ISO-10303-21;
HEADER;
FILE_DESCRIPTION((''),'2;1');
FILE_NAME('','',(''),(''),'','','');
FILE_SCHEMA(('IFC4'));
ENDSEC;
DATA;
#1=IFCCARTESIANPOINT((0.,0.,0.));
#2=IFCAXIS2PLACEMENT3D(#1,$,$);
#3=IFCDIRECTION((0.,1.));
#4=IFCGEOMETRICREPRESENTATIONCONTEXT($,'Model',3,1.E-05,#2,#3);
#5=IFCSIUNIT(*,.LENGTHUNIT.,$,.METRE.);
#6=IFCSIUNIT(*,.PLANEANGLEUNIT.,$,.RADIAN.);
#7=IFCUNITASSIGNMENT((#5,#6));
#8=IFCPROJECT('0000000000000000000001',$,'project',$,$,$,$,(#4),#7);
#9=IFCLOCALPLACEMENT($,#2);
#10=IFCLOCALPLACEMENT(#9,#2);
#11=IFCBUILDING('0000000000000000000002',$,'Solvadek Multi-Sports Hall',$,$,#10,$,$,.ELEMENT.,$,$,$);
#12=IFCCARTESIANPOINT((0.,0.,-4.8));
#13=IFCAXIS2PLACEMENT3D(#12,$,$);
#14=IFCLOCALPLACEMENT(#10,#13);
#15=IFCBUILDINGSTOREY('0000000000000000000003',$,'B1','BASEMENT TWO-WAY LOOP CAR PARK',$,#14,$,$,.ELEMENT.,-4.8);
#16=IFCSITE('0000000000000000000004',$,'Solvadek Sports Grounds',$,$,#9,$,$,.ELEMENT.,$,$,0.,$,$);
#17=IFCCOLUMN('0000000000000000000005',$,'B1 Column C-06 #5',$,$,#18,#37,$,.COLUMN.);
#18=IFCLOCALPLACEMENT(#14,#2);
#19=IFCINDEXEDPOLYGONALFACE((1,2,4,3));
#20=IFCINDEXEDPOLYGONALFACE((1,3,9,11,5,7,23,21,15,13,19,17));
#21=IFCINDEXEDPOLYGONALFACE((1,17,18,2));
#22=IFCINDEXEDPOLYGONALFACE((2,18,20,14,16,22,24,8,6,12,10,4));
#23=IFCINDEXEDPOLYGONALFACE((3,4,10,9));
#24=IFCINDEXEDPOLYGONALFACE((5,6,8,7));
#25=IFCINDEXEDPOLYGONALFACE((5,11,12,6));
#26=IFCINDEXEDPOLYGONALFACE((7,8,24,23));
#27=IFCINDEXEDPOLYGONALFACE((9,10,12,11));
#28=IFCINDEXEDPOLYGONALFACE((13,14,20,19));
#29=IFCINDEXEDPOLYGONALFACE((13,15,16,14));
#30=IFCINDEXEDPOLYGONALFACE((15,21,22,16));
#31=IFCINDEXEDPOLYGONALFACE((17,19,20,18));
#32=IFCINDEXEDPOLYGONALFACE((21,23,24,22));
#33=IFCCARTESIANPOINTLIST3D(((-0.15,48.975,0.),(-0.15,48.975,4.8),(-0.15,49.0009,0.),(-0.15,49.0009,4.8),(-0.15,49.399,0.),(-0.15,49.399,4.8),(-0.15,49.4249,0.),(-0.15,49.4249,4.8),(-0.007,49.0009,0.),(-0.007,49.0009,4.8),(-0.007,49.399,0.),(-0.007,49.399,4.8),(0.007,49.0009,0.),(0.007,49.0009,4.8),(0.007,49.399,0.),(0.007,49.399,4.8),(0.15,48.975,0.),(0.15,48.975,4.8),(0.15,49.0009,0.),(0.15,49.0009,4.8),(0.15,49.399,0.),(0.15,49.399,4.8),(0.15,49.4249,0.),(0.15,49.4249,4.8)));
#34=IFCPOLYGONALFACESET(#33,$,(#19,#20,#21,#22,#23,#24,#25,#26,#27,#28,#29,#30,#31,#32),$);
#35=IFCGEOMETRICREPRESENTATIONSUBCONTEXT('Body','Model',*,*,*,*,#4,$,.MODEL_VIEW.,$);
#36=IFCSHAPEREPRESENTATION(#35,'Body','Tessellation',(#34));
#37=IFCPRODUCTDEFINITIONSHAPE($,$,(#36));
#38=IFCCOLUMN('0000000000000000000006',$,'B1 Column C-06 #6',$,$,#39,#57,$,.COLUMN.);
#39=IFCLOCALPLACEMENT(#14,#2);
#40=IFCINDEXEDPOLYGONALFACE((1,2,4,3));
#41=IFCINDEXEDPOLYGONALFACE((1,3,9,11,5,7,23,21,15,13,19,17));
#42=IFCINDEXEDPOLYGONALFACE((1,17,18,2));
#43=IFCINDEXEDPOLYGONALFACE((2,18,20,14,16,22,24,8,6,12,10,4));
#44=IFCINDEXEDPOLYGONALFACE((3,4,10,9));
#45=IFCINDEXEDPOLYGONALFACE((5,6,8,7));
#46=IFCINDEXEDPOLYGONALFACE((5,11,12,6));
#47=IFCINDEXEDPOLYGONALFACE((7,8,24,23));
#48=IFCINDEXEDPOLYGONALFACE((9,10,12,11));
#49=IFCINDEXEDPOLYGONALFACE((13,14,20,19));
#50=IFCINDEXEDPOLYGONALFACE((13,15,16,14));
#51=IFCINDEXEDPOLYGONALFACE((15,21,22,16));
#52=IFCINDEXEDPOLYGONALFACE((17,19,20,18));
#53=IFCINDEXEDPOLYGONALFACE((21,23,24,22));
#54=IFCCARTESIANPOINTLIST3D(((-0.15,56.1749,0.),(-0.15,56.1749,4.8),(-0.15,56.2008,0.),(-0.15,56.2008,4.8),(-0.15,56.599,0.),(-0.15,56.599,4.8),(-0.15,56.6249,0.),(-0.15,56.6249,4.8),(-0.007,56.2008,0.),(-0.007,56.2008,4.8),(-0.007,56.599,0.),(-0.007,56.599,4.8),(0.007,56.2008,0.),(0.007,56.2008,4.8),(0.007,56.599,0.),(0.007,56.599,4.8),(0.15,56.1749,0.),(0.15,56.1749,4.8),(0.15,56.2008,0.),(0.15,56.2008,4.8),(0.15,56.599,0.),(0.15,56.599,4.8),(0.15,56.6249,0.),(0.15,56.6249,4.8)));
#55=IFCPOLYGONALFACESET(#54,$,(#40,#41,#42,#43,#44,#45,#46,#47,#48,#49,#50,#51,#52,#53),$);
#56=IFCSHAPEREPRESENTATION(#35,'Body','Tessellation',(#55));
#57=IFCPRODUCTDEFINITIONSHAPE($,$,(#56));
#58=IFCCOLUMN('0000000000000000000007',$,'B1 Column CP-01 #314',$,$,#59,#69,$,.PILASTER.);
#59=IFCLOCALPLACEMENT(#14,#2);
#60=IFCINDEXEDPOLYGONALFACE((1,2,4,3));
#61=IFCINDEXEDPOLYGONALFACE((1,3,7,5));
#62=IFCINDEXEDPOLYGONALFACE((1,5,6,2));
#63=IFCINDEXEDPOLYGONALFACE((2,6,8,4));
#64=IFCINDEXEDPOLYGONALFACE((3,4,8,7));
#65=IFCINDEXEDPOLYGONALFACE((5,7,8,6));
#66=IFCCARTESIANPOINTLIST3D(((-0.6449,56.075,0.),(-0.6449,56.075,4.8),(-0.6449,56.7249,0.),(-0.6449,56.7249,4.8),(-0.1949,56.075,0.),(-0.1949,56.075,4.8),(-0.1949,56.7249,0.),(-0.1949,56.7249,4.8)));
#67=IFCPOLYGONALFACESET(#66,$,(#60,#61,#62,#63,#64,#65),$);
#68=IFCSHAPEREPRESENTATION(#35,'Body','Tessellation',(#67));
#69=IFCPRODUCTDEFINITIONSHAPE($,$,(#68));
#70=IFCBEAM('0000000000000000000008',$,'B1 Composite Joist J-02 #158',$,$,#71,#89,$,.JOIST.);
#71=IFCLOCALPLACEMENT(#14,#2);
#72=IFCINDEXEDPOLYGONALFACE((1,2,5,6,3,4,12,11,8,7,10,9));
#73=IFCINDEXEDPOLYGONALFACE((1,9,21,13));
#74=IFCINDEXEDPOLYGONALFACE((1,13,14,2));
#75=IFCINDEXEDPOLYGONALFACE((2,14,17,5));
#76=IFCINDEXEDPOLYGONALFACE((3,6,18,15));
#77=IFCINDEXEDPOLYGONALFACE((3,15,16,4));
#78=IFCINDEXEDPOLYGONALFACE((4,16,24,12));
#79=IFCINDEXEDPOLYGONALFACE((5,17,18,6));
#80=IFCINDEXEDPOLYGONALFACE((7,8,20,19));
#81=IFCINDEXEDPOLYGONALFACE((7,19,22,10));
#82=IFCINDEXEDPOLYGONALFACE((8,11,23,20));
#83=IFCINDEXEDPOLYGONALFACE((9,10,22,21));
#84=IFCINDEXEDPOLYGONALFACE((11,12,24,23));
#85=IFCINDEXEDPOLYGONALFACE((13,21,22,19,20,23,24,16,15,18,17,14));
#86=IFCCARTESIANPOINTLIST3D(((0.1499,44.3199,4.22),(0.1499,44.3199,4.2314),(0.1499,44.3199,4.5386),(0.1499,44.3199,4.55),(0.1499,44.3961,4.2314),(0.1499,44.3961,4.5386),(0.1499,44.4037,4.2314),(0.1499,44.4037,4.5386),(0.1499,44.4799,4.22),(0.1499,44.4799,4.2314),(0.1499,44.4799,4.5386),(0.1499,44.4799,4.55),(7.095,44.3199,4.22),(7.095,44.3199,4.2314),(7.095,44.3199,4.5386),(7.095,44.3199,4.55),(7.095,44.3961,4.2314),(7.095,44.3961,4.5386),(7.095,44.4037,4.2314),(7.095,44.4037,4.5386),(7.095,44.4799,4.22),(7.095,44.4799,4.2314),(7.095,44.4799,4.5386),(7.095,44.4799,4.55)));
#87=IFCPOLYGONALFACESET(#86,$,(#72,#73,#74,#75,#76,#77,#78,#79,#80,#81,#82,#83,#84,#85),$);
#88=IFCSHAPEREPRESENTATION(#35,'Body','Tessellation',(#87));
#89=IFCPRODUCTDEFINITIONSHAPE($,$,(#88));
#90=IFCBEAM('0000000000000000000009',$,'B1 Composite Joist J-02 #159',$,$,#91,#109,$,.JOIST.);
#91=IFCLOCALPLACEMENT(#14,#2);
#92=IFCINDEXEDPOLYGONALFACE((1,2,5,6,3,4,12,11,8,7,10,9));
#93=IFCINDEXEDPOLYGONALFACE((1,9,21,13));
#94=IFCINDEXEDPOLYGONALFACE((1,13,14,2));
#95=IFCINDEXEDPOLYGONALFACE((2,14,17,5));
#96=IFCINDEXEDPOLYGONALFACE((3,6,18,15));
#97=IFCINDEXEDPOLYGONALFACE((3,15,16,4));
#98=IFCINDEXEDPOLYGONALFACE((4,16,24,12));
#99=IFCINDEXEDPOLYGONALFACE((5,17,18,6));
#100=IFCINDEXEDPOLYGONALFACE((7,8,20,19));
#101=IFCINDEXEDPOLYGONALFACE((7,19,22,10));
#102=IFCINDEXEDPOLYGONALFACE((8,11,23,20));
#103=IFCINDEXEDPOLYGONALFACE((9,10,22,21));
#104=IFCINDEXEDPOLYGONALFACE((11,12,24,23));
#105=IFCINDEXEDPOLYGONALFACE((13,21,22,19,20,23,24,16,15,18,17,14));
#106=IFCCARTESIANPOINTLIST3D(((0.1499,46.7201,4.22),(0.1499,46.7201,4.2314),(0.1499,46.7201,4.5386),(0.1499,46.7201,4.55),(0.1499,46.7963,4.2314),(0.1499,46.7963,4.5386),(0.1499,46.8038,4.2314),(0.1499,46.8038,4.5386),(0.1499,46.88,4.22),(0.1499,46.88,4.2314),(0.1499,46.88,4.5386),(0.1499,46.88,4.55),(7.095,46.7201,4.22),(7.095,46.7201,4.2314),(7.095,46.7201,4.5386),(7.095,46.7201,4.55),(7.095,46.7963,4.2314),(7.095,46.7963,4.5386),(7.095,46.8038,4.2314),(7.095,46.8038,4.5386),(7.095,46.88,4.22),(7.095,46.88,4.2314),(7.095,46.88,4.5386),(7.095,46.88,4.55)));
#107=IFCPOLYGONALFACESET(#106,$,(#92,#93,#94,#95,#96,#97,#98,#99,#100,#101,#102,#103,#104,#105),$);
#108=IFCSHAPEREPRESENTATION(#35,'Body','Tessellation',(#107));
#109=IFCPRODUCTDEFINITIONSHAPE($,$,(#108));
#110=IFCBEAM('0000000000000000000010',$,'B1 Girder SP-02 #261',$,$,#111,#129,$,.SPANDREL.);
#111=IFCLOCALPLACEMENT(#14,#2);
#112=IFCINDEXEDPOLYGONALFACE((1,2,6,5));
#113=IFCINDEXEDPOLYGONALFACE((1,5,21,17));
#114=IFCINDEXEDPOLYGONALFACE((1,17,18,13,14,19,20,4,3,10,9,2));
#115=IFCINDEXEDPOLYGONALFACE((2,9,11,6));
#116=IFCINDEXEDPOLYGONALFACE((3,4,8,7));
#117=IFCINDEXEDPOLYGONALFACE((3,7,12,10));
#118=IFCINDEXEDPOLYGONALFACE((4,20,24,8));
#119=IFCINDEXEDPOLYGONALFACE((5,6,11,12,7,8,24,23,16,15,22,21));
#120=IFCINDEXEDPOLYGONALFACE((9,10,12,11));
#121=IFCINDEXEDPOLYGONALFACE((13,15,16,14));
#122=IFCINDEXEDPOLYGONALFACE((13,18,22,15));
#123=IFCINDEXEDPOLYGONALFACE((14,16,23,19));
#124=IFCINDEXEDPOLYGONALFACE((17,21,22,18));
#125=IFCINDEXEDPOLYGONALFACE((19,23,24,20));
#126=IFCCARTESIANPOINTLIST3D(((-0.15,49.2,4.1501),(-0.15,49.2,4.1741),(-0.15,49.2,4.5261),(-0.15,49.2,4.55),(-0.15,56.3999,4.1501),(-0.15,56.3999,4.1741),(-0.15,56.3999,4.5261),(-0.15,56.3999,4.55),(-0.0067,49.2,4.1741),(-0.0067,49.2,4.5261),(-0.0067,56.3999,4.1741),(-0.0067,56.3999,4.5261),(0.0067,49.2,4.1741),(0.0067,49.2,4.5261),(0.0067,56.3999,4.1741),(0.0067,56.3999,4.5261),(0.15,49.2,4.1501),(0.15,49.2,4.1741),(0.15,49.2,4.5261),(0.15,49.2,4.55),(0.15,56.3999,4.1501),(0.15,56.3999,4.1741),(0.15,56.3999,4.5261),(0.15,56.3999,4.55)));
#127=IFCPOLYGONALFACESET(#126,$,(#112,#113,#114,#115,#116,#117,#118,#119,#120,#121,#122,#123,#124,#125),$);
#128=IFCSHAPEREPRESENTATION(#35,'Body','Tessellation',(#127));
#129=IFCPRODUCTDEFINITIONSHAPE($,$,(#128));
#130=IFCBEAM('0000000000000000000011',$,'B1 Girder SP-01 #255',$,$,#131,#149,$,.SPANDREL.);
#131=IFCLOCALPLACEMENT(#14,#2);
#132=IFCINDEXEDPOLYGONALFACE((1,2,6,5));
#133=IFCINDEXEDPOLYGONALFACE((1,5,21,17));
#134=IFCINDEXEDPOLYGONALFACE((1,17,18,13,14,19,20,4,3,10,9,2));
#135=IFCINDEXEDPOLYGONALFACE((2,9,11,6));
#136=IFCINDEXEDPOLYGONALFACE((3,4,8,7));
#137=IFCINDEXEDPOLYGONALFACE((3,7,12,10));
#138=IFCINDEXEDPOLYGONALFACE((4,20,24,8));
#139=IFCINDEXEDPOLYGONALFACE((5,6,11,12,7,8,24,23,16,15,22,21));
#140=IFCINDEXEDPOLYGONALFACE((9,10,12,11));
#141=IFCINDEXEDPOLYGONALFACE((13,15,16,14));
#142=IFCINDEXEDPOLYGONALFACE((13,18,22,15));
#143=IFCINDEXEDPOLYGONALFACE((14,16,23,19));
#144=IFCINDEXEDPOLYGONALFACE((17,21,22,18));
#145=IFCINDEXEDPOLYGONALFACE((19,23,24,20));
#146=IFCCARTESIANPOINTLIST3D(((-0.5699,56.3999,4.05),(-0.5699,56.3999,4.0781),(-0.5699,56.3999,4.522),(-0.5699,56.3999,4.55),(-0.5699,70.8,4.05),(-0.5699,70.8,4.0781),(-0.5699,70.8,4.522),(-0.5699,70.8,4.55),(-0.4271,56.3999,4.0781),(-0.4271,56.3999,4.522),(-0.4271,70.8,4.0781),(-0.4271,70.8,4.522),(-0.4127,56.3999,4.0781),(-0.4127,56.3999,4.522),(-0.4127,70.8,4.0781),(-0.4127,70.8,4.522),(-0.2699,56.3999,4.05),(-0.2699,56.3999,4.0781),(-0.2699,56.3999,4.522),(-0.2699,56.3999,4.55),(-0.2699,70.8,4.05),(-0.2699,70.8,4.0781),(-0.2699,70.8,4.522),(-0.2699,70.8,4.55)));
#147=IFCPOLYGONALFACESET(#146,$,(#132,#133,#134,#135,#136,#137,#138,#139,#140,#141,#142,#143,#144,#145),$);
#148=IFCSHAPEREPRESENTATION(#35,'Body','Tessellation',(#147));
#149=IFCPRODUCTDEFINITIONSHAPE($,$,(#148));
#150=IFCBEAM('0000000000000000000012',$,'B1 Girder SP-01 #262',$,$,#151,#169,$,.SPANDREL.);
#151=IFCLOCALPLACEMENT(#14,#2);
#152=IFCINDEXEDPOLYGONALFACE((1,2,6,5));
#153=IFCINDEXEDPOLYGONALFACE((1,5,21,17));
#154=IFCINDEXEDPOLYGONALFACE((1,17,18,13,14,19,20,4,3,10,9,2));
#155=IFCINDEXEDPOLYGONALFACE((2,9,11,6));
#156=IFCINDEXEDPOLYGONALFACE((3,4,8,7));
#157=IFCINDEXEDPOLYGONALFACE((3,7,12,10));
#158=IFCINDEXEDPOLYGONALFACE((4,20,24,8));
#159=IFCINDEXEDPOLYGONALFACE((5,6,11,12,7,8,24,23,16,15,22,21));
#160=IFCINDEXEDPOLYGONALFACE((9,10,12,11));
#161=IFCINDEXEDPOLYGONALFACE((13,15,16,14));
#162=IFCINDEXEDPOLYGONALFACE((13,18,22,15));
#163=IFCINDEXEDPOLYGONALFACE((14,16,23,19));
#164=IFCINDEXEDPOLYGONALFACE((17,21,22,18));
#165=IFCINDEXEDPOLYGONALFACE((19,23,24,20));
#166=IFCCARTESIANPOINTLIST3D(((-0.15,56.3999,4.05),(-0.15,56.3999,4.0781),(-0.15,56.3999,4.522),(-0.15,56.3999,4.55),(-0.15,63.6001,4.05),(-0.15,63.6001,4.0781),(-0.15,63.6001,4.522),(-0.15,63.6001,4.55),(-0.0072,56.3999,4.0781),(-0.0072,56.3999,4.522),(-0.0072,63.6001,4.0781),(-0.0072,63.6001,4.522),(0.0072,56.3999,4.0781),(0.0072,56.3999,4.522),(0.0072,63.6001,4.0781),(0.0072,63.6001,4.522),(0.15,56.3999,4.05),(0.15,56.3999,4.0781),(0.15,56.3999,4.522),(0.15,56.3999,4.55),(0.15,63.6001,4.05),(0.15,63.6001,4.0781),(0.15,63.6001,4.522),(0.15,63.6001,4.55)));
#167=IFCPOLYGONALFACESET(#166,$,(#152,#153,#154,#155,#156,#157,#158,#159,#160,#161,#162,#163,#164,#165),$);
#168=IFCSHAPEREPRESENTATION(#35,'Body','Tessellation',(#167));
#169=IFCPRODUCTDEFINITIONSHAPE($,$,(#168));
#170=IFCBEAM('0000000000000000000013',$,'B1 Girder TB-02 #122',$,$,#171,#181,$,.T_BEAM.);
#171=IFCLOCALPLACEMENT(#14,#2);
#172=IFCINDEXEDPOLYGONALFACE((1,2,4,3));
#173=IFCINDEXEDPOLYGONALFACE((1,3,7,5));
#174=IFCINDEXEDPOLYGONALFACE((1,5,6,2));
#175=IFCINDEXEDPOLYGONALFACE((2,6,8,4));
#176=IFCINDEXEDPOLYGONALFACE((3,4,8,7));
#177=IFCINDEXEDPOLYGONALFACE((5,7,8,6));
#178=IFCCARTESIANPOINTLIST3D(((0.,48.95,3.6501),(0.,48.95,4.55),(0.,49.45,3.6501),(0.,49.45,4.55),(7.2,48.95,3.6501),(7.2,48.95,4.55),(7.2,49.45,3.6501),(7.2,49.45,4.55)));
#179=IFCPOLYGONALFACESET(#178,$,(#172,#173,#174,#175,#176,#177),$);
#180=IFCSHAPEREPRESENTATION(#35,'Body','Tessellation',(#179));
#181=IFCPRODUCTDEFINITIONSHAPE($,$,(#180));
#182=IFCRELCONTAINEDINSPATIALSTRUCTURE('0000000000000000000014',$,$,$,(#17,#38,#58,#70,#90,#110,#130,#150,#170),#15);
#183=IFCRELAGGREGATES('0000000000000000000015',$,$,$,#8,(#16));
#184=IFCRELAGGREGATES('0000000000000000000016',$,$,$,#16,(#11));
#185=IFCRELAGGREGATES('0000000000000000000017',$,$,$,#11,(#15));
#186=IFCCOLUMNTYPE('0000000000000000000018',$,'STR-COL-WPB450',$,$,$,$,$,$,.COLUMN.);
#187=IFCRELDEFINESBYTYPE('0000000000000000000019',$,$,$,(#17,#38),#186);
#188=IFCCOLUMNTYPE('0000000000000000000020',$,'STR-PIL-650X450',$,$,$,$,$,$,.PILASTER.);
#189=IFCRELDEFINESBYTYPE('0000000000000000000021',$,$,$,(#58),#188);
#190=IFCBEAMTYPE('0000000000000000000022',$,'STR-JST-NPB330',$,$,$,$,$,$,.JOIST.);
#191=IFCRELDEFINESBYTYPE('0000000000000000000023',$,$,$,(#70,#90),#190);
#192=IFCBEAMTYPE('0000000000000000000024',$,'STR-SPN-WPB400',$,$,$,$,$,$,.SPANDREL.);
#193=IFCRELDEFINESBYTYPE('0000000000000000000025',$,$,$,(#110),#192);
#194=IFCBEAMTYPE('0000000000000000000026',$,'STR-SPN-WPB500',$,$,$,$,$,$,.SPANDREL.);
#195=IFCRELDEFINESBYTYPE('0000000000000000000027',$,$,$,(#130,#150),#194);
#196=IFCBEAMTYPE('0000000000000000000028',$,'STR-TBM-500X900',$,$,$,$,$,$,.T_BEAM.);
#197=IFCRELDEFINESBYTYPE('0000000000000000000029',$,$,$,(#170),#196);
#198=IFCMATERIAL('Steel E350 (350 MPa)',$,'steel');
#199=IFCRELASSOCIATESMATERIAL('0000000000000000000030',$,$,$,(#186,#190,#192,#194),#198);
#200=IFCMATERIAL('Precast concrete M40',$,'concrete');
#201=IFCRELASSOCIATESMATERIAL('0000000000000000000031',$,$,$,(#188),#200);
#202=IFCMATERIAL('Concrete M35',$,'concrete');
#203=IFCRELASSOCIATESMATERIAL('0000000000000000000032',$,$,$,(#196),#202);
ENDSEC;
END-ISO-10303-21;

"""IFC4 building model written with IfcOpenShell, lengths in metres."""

from ifc_helpers import new_model, si_unit, direction, frame, origin, origin_2d, place, context, subcontext, project, spatial, rectangle, i_section, extrude, material, material_profile, profile_set, type_object, element, save


model = new_model("IFC4")

# Units and contexts
model_context = context("Model", 3, precision=1e-05, world=origin(), true_north=direction((0.0, 1.0)))
body_context = subcontext(model_context, "Body", "Model", "MODEL_VIEW")
ifc_project = project(units=[si_unit("LENGTHUNIT", "METRE"), si_unit("PLANEANGLEUNIT", "RADIAN")], contexts=[model_context])

# Site, building, storey
site_placement = place(None, origin())
site = spatial("IfcSite", under=ifc_project, at=site_placement, Name="Solvadek Sports Grounds", CompositionType="ELEMENT", RefElevation=0.0)
building_placement = place(site_placement, origin())
building = spatial("IfcBuilding", under=site, at=building_placement, Name="Solvadek Multi-Sports Hall", CompositionType="ELEMENT")
storey_placement = place(building_placement, frame((0.0, 0.0, -4.8)))
storey = spatial("IfcBuildingStorey", under=building, at=storey_placement, Name="B1", Description="BASEMENT TWO-WAY LOOP CAR PARK", CompositionType="ELEMENT", Elevation=-4.8)

# Shared definitions
ifc_material_1 = material(Name="Concrete M35", Category="concrete")

# Columns
ifc_material_2 = material(Name="Steel E350 (350 MPa)", Category="steel")
ifc_material_profile_1 = material_profile(ifc_material_2, i_section(OverallWidth=0.3, OverallDepth=0.45, WebThickness=0.0139, FlangeThickness=0.0259, at=origin_2d()), Name="WPB 450")
ifc_profile_set_1 = profile_set([ifc_material_profile_1], Name="Steel E350 (350 MPa)")
column_type_1 = type_object("IfcColumnType", Name="STR-COL-WPB450", PredefinedType="COLUMN", material=ifc_profile_set_1)
for number, where, z_axis, x_axis, name in (
    (1, (0.0, 49.2, 0.0), (0.0, 0.0, 1.0), (1.0, 0.0, 0.0), "B1 Column C-06 #5"),
    (2, (0.0, 56.3999, 0.0), (0.0, 0.0, 1.0), (1.0, 0.0, 0.0), "B1 Column C-06 #6"),
):
    element("IfcColumn", number, at=place(storey_placement, frame(where, z_axis=z_axis, x_axis=x_axis)), inside=storey, type_object=column_type_1, Name=name, PredefinedType="COLUMN", context=body_context, shape_type="SweptSolid", body=[
        extrude(i_section(OverallWidth=0.3, OverallDepth=0.45, WebThickness=0.0139, FlangeThickness=0.0259, at=origin_2d()), origin(), (0.0, 0.0, 1.0), 4.8),
    ])
ifc_material_3 = material(Name="Precast concrete M40", Category="concrete")
ifc_material_profile_2 = material_profile(ifc_material_3, rectangle(XDim=0.45, YDim=0.6499, at=origin_2d()), Name="RC PILASTER 650x450")
ifc_profile_set_2 = profile_set([ifc_material_profile_2], Name="Precast concrete M40")
column_type_2 = type_object("IfcColumnType", Name="STR-PIL-650X450", PredefinedType="PILASTER", material=ifc_profile_set_2)
column_placement = place(storey_placement, frame((-0.4199, 56.3999, 0.0), z_axis=(0.0, 0.0, 1.0), x_axis=(1.0, 0.0, 0.0)))
element("IfcColumn", 3, at=column_placement, inside=storey, type_object=column_type_2, Name="B1 Column CP-01 #314", PredefinedType="PILASTER", context=body_context, shape_type="SweptSolid", body=[
    extrude(rectangle(XDim=0.45, YDim=0.6499, at=origin_2d()), origin(), (0.0, 0.0, 1.0), 4.8),
])

# Beams
ifc_material_profile_3 = material_profile(ifc_material_2, i_section(OverallWidth=0.1599, OverallDepth=0.3301, WebThickness=0.0076, FlangeThickness=0.0115, at=origin_2d()), Name="NPB 330")
ifc_profile_set_3 = profile_set([ifc_material_profile_3], Name="Steel E350 (350 MPa)")
beam_type_1 = type_object("IfcBeamType", Name="STR-JST-NPB330", PredefinedType="JOIST", material=ifc_profile_set_3)
for number, where, z_axis, x_axis, name in (
    (4, (0.1499, 44.3999, 4.385), (1.0, 0.0, 0.0), (0.0, 1.0, 0.0), "B1 Composite Joist J-02 #158"),
    (5, (0.1499, 46.8, 4.385), (1.0, 0.0, 0.0), (0.0, 1.0, 0.0), "B1 Composite Joist J-02 #159"),
):
    element("IfcBeam", number, at=place(storey_placement, frame(where, z_axis=z_axis, x_axis=x_axis)), inside=storey, type_object=beam_type_1, Name=name, PredefinedType="JOIST", context=body_context, shape_type="SweptSolid", body=[
        extrude(i_section(OverallWidth=0.1599, OverallDepth=0.3301, WebThickness=0.0076, FlangeThickness=0.0115, at=origin_2d()), origin(), (0.0, 0.0, 1.0), 6.9451),
    ])
ifc_material_profile_4 = material_profile(ifc_material_2, i_section(OverallWidth=0.3, OverallDepth=0.3999, WebThickness=0.0134, FlangeThickness=0.0239, at=origin_2d()), Name="WPB 400")
ifc_profile_set_4 = profile_set([ifc_material_profile_4], Name="Steel E350 (350 MPa)")
beam_type_2 = type_object("IfcBeamType", Name="STR-SPN-WPB400", PredefinedType="SPANDREL", material=ifc_profile_set_4)
beam_1_placement = place(storey_placement, frame((0.0, 49.2, 4.3501), z_axis=(0.0, 1.0, 0.0), x_axis=(-1.0, 0.0, 0.0)))
element("IfcBeam", 6, at=beam_1_placement, inside=storey, type_object=beam_type_2, Name="B1 Girder SP-02 #261", PredefinedType="SPANDREL", context=body_context, shape_type="SweptSolid", body=[
    extrude(i_section(OverallWidth=0.3, OverallDepth=0.3999, WebThickness=0.0134, FlangeThickness=0.0239, at=origin_2d()), origin(), (0.0, 0.0, 1.0), 7.2),
])
ifc_material_profile_5 = material_profile(ifc_material_2, i_section(OverallWidth=0.3, OverallDepth=0.5, WebThickness=0.0144, FlangeThickness=0.0281, at=origin_2d()), Name="WPB 500")
ifc_profile_set_5 = profile_set([ifc_material_profile_5], Name="Steel E350 (350 MPa)")
beam_type_3 = type_object("IfcBeamType", Name="STR-SPN-WPB500", PredefinedType="SPANDREL", material=ifc_profile_set_5)
beam_2_placement = place(storey_placement, frame((-0.4199, 56.3999, 4.3), z_axis=(0.0, 1.0, 0.0), x_axis=(-1.0, 0.0, 0.0)))
element("IfcBeam", 7, at=beam_2_placement, inside=storey, type_object=beam_type_3, Name="B1 Girder SP-01 #255", PredefinedType="SPANDREL", context=body_context, shape_type="SweptSolid", body=[
    extrude(i_section(OverallWidth=0.3, OverallDepth=0.5, WebThickness=0.0144, FlangeThickness=0.0281, at=origin_2d()), origin(), (0.0, 0.0, 1.0), 14.4001),
])
beam_3_placement = place(storey_placement, frame((0.0, 56.3999, 4.3), z_axis=(0.0, 1.0, 0.0), x_axis=(-1.0, 0.0, 0.0)))
element("IfcBeam", 8, at=beam_3_placement, inside=storey, type_object=beam_type_3, Name="B1 Girder SP-01 #262", PredefinedType="SPANDREL", context=body_context, shape_type="SweptSolid", body=[
    extrude(i_section(OverallWidth=0.3, OverallDepth=0.5, WebThickness=0.0144, FlangeThickness=0.0281, at=origin_2d()), origin(), (0.0, 0.0, 1.0), 7.2002),
])
ifc_material_profile_6 = material_profile(ifc_material_1, rectangle(XDim=0.5, YDim=0.8999, at=origin_2d()), Name="RC T-BEAM 500x900")
ifc_profile_set_6 = profile_set([ifc_material_profile_6], Name="Concrete M35")
beam_type_4 = type_object("IfcBeamType", Name="STR-TBM-500X900", PredefinedType="T_BEAM", material=ifc_profile_set_6)
beam_4_placement = place(storey_placement, frame((0.0, 49.2, 4.1001), z_axis=(1.0, 0.0, 0.0), x_axis=(0.0, 1.0, 0.0)))
element("IfcBeam", 9, at=beam_4_placement, inside=storey, type_object=beam_type_4, Name="B1 Girder TB-02 #122", PredefinedType="T_BEAM", context=body_context, shape_type="SweptSolid", body=[
    extrude(rectangle(XDim=0.5, YDim=0.8999, at=origin_2d()), origin(), (0.0, 0.0, 1.0), 7.2),
])

save(model, "model.ifc")
